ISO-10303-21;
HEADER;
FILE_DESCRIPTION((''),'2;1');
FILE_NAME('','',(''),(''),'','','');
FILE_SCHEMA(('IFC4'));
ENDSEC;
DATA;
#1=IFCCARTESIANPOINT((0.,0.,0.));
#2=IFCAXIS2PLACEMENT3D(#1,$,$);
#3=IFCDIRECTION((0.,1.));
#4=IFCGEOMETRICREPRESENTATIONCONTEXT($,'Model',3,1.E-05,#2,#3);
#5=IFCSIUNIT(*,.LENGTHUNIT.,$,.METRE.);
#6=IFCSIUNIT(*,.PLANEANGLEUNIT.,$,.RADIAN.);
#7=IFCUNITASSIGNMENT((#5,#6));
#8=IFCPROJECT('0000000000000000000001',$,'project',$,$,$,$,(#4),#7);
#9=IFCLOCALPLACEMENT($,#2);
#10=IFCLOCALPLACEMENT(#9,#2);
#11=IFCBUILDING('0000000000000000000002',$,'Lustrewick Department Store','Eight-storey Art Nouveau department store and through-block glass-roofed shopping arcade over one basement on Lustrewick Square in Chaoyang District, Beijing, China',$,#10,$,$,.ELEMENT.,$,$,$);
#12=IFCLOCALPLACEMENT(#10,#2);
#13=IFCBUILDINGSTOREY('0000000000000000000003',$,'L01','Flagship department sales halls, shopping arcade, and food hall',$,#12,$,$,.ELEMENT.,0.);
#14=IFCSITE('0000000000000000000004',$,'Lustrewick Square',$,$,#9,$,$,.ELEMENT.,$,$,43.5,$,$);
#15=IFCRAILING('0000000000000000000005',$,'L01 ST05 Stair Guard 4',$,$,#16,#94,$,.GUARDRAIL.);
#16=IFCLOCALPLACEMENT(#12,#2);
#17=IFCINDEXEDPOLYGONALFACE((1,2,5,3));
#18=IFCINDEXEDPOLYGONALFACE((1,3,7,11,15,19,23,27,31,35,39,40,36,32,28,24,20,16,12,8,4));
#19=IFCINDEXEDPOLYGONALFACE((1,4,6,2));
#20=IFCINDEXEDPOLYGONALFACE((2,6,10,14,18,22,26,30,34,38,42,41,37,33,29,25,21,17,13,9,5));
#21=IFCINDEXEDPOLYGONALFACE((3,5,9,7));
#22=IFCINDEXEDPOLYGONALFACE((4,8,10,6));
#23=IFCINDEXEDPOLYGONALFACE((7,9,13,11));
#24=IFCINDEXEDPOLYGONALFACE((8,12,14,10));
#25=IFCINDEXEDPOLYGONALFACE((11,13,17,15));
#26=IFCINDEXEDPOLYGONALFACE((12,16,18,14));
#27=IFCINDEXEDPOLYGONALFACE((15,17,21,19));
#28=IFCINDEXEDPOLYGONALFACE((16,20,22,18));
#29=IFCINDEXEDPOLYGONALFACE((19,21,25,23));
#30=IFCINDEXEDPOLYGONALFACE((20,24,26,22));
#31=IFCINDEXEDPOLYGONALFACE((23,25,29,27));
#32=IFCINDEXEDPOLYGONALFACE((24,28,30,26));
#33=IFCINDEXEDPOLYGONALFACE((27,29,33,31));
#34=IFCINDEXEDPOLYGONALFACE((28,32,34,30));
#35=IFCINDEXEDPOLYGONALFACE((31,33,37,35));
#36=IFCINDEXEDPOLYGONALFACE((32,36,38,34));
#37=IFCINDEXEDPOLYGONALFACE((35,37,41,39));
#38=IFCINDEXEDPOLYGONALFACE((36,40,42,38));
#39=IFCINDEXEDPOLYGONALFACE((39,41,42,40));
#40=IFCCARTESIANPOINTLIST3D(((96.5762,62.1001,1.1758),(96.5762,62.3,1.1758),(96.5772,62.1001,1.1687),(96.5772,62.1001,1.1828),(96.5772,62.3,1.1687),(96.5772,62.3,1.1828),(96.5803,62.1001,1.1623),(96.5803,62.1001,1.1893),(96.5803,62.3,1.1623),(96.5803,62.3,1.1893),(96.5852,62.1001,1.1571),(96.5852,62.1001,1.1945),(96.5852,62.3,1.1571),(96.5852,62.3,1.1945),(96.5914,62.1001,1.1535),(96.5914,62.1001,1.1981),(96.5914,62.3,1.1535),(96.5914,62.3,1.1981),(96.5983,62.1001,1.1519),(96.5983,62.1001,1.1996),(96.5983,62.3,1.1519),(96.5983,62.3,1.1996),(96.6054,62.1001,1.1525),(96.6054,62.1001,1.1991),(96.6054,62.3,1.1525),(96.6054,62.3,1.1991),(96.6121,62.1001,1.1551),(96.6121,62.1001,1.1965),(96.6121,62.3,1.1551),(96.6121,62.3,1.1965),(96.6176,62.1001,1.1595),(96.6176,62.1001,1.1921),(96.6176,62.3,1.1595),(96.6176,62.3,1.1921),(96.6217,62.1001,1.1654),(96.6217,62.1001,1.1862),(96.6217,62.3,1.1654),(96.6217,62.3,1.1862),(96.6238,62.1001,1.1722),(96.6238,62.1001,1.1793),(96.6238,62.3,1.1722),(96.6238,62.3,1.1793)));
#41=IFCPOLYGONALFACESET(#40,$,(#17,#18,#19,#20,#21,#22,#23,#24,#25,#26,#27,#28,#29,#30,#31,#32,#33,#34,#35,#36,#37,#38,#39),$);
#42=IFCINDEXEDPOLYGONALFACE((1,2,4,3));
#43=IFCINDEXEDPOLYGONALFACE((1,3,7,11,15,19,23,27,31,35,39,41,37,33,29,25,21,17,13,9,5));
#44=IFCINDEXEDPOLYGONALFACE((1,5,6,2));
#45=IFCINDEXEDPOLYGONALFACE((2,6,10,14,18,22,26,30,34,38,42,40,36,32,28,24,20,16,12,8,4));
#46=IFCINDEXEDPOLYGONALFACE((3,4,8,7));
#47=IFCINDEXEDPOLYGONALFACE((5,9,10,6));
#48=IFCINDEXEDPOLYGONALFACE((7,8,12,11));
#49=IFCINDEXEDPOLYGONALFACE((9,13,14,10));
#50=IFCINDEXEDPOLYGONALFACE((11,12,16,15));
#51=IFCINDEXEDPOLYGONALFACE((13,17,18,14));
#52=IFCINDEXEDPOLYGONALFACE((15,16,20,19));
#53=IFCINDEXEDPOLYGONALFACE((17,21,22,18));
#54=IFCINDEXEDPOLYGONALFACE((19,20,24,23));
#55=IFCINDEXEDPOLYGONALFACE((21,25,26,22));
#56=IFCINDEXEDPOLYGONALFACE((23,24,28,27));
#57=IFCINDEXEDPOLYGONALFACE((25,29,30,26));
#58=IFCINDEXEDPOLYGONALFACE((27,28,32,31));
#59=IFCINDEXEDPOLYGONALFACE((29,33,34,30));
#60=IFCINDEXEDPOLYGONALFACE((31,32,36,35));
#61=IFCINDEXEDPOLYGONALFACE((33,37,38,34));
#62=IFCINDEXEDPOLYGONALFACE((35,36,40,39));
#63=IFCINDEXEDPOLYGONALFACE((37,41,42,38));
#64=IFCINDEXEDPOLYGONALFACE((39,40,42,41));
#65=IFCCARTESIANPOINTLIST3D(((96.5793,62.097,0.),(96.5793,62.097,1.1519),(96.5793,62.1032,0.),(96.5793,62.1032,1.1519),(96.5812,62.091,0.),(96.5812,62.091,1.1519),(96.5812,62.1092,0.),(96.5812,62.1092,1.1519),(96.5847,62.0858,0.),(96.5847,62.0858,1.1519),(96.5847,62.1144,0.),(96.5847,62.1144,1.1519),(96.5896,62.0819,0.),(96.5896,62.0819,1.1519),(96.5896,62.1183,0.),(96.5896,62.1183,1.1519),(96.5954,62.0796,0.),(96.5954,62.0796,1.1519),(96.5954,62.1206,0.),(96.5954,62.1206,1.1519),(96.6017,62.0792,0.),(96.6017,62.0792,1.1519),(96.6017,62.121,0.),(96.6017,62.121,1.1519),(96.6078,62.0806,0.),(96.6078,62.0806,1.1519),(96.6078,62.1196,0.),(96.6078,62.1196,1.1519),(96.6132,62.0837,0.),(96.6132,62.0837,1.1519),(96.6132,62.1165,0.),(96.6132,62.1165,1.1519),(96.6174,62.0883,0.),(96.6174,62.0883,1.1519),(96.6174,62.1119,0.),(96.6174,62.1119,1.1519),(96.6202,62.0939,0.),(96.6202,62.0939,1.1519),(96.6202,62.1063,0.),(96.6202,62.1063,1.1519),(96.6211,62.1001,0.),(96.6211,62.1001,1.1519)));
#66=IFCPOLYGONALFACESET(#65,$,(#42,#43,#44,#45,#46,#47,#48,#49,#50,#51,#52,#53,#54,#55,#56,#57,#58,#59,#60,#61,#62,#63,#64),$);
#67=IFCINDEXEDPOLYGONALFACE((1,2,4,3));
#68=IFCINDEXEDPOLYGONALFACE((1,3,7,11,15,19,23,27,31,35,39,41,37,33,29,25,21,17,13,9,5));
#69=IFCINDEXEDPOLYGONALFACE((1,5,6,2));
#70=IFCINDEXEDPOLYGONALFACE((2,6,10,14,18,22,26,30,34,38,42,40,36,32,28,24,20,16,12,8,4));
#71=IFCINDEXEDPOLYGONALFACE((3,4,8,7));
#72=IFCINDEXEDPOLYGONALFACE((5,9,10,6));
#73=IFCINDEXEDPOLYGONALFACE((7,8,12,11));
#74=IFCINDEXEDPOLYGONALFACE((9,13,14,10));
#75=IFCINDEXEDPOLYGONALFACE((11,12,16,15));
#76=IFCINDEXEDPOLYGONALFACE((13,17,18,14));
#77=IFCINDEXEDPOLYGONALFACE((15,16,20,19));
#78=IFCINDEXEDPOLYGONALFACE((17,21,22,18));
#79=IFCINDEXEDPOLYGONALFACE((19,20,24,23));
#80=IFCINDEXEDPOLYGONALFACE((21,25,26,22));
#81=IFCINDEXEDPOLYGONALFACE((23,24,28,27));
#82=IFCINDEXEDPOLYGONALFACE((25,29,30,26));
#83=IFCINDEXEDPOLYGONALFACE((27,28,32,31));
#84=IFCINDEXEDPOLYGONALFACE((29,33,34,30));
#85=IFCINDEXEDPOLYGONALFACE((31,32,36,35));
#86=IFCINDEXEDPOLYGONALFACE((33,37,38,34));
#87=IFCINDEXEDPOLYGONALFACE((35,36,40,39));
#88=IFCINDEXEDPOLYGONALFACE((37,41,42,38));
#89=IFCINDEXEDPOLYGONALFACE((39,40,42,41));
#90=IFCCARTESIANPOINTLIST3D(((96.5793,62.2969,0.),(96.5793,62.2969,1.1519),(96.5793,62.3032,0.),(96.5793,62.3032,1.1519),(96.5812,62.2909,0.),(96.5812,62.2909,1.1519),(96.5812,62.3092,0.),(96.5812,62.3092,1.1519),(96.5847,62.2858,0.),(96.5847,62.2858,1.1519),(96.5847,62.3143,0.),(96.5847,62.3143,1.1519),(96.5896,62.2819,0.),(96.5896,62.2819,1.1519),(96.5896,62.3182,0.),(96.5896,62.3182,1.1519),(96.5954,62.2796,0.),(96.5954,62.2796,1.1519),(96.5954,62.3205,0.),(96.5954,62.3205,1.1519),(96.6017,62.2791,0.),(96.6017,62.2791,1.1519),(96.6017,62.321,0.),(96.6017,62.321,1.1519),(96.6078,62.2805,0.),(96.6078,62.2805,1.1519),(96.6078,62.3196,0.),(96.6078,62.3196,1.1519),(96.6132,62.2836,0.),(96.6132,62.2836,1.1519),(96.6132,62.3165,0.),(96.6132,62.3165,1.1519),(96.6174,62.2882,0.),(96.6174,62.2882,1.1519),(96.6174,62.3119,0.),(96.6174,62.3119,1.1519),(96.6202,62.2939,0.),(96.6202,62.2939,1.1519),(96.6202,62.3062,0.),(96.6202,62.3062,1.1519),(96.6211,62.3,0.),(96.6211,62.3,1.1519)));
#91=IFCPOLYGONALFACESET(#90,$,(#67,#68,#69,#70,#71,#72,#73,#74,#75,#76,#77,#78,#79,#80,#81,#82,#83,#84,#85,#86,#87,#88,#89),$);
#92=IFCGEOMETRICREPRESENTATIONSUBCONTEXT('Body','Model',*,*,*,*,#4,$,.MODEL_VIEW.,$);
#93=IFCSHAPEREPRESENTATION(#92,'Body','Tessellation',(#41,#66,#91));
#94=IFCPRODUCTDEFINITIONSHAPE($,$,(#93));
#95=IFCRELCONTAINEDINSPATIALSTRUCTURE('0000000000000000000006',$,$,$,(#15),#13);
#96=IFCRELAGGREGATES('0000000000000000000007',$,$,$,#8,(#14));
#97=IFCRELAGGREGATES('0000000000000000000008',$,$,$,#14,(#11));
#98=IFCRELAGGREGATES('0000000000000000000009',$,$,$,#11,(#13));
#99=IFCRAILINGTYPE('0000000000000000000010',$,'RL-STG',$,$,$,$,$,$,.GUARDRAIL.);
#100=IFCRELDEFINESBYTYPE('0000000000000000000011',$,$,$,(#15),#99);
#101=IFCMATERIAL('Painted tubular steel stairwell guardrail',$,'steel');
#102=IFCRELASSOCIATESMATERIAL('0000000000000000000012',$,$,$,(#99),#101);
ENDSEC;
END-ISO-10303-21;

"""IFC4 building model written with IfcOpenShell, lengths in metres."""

from ifc_helpers import new_model, si_unit, direction, frame, origin, origin_2d, place, context, subcontext, project, spatial, circle, extrude, material, type_object, element, save


model = new_model("IFC4")

# Units and contexts
model_context = context("Model", 3, precision=1e-05, world=origin(), true_north=direction((0.0, 1.0)))
body_context = subcontext(model_context, "Body", "Model", "MODEL_VIEW")
ifc_project = project(units=[si_unit("LENGTHUNIT", "METRE"), si_unit("PLANEANGLEUNIT", "RADIAN")], contexts=[model_context])

# Site, building, storey
site_placement = place(None, origin())
site = spatial("IfcSite", under=ifc_project, at=site_placement, Name="Lustrewick Square", CompositionType="ELEMENT", RefElevation=43.5)
building_placement = place(site_placement, origin())
building = spatial("IfcBuilding", under=site, at=building_placement, Name="Lustrewick Department Store", Description="Eight-storey Art Nouveau department store and through-block glass-roofed shopping arcade over one basement on Lustrewick Square in Chaoyang District, Beijing, China", CompositionType="ELEMENT")
storey_placement = place(building_placement, origin())
storey = spatial("IfcBuildingStorey", under=building, at=storey_placement, Name="L01", Description="Flagship department sales halls, shopping arcade, and food hall", CompositionType="ELEMENT", Elevation=0.0)

# Railing
ifc_material_1 = material(Name="Painted tubular steel stairwell guardrail", Category="steel")
railing_type_1 = type_object("IfcRailingType", Name="RL-STG", PredefinedType="GUARDRAIL", material=ifc_material_1)
railing_1_placement = place(storey_placement, frame((96.6001, 62.1001, 0.0)))
element("IfcRailing", 1, at=railing_1_placement, inside=storey, type_object=railing_type_1, Name="L01 ST05 Stair Guard 4", PredefinedType="GUARDRAIL", context=body_context, shape_type="SweptSolid", body=[
    extrude(circle(Radius=0.0239, at=origin_2d()), frame((0.0, 0.0, 1.1758), z_axis=(0.0, 1.0, 0.0), x_axis=(-1.0, 0.0, 0.0)), (0.0, 0.0, 1.0), 0.2),
    extrude(circle(Radius=0.021, at=origin_2d()), origin(), (0.0, 0.0, 1.0), 1.1519),
    extrude(circle(Radius=0.021, at=origin_2d()), frame((0.0, 0.2, 0.0)), (0.0, 0.0, 1.0), 1.1519),
])

save(model, "model.ifc")
